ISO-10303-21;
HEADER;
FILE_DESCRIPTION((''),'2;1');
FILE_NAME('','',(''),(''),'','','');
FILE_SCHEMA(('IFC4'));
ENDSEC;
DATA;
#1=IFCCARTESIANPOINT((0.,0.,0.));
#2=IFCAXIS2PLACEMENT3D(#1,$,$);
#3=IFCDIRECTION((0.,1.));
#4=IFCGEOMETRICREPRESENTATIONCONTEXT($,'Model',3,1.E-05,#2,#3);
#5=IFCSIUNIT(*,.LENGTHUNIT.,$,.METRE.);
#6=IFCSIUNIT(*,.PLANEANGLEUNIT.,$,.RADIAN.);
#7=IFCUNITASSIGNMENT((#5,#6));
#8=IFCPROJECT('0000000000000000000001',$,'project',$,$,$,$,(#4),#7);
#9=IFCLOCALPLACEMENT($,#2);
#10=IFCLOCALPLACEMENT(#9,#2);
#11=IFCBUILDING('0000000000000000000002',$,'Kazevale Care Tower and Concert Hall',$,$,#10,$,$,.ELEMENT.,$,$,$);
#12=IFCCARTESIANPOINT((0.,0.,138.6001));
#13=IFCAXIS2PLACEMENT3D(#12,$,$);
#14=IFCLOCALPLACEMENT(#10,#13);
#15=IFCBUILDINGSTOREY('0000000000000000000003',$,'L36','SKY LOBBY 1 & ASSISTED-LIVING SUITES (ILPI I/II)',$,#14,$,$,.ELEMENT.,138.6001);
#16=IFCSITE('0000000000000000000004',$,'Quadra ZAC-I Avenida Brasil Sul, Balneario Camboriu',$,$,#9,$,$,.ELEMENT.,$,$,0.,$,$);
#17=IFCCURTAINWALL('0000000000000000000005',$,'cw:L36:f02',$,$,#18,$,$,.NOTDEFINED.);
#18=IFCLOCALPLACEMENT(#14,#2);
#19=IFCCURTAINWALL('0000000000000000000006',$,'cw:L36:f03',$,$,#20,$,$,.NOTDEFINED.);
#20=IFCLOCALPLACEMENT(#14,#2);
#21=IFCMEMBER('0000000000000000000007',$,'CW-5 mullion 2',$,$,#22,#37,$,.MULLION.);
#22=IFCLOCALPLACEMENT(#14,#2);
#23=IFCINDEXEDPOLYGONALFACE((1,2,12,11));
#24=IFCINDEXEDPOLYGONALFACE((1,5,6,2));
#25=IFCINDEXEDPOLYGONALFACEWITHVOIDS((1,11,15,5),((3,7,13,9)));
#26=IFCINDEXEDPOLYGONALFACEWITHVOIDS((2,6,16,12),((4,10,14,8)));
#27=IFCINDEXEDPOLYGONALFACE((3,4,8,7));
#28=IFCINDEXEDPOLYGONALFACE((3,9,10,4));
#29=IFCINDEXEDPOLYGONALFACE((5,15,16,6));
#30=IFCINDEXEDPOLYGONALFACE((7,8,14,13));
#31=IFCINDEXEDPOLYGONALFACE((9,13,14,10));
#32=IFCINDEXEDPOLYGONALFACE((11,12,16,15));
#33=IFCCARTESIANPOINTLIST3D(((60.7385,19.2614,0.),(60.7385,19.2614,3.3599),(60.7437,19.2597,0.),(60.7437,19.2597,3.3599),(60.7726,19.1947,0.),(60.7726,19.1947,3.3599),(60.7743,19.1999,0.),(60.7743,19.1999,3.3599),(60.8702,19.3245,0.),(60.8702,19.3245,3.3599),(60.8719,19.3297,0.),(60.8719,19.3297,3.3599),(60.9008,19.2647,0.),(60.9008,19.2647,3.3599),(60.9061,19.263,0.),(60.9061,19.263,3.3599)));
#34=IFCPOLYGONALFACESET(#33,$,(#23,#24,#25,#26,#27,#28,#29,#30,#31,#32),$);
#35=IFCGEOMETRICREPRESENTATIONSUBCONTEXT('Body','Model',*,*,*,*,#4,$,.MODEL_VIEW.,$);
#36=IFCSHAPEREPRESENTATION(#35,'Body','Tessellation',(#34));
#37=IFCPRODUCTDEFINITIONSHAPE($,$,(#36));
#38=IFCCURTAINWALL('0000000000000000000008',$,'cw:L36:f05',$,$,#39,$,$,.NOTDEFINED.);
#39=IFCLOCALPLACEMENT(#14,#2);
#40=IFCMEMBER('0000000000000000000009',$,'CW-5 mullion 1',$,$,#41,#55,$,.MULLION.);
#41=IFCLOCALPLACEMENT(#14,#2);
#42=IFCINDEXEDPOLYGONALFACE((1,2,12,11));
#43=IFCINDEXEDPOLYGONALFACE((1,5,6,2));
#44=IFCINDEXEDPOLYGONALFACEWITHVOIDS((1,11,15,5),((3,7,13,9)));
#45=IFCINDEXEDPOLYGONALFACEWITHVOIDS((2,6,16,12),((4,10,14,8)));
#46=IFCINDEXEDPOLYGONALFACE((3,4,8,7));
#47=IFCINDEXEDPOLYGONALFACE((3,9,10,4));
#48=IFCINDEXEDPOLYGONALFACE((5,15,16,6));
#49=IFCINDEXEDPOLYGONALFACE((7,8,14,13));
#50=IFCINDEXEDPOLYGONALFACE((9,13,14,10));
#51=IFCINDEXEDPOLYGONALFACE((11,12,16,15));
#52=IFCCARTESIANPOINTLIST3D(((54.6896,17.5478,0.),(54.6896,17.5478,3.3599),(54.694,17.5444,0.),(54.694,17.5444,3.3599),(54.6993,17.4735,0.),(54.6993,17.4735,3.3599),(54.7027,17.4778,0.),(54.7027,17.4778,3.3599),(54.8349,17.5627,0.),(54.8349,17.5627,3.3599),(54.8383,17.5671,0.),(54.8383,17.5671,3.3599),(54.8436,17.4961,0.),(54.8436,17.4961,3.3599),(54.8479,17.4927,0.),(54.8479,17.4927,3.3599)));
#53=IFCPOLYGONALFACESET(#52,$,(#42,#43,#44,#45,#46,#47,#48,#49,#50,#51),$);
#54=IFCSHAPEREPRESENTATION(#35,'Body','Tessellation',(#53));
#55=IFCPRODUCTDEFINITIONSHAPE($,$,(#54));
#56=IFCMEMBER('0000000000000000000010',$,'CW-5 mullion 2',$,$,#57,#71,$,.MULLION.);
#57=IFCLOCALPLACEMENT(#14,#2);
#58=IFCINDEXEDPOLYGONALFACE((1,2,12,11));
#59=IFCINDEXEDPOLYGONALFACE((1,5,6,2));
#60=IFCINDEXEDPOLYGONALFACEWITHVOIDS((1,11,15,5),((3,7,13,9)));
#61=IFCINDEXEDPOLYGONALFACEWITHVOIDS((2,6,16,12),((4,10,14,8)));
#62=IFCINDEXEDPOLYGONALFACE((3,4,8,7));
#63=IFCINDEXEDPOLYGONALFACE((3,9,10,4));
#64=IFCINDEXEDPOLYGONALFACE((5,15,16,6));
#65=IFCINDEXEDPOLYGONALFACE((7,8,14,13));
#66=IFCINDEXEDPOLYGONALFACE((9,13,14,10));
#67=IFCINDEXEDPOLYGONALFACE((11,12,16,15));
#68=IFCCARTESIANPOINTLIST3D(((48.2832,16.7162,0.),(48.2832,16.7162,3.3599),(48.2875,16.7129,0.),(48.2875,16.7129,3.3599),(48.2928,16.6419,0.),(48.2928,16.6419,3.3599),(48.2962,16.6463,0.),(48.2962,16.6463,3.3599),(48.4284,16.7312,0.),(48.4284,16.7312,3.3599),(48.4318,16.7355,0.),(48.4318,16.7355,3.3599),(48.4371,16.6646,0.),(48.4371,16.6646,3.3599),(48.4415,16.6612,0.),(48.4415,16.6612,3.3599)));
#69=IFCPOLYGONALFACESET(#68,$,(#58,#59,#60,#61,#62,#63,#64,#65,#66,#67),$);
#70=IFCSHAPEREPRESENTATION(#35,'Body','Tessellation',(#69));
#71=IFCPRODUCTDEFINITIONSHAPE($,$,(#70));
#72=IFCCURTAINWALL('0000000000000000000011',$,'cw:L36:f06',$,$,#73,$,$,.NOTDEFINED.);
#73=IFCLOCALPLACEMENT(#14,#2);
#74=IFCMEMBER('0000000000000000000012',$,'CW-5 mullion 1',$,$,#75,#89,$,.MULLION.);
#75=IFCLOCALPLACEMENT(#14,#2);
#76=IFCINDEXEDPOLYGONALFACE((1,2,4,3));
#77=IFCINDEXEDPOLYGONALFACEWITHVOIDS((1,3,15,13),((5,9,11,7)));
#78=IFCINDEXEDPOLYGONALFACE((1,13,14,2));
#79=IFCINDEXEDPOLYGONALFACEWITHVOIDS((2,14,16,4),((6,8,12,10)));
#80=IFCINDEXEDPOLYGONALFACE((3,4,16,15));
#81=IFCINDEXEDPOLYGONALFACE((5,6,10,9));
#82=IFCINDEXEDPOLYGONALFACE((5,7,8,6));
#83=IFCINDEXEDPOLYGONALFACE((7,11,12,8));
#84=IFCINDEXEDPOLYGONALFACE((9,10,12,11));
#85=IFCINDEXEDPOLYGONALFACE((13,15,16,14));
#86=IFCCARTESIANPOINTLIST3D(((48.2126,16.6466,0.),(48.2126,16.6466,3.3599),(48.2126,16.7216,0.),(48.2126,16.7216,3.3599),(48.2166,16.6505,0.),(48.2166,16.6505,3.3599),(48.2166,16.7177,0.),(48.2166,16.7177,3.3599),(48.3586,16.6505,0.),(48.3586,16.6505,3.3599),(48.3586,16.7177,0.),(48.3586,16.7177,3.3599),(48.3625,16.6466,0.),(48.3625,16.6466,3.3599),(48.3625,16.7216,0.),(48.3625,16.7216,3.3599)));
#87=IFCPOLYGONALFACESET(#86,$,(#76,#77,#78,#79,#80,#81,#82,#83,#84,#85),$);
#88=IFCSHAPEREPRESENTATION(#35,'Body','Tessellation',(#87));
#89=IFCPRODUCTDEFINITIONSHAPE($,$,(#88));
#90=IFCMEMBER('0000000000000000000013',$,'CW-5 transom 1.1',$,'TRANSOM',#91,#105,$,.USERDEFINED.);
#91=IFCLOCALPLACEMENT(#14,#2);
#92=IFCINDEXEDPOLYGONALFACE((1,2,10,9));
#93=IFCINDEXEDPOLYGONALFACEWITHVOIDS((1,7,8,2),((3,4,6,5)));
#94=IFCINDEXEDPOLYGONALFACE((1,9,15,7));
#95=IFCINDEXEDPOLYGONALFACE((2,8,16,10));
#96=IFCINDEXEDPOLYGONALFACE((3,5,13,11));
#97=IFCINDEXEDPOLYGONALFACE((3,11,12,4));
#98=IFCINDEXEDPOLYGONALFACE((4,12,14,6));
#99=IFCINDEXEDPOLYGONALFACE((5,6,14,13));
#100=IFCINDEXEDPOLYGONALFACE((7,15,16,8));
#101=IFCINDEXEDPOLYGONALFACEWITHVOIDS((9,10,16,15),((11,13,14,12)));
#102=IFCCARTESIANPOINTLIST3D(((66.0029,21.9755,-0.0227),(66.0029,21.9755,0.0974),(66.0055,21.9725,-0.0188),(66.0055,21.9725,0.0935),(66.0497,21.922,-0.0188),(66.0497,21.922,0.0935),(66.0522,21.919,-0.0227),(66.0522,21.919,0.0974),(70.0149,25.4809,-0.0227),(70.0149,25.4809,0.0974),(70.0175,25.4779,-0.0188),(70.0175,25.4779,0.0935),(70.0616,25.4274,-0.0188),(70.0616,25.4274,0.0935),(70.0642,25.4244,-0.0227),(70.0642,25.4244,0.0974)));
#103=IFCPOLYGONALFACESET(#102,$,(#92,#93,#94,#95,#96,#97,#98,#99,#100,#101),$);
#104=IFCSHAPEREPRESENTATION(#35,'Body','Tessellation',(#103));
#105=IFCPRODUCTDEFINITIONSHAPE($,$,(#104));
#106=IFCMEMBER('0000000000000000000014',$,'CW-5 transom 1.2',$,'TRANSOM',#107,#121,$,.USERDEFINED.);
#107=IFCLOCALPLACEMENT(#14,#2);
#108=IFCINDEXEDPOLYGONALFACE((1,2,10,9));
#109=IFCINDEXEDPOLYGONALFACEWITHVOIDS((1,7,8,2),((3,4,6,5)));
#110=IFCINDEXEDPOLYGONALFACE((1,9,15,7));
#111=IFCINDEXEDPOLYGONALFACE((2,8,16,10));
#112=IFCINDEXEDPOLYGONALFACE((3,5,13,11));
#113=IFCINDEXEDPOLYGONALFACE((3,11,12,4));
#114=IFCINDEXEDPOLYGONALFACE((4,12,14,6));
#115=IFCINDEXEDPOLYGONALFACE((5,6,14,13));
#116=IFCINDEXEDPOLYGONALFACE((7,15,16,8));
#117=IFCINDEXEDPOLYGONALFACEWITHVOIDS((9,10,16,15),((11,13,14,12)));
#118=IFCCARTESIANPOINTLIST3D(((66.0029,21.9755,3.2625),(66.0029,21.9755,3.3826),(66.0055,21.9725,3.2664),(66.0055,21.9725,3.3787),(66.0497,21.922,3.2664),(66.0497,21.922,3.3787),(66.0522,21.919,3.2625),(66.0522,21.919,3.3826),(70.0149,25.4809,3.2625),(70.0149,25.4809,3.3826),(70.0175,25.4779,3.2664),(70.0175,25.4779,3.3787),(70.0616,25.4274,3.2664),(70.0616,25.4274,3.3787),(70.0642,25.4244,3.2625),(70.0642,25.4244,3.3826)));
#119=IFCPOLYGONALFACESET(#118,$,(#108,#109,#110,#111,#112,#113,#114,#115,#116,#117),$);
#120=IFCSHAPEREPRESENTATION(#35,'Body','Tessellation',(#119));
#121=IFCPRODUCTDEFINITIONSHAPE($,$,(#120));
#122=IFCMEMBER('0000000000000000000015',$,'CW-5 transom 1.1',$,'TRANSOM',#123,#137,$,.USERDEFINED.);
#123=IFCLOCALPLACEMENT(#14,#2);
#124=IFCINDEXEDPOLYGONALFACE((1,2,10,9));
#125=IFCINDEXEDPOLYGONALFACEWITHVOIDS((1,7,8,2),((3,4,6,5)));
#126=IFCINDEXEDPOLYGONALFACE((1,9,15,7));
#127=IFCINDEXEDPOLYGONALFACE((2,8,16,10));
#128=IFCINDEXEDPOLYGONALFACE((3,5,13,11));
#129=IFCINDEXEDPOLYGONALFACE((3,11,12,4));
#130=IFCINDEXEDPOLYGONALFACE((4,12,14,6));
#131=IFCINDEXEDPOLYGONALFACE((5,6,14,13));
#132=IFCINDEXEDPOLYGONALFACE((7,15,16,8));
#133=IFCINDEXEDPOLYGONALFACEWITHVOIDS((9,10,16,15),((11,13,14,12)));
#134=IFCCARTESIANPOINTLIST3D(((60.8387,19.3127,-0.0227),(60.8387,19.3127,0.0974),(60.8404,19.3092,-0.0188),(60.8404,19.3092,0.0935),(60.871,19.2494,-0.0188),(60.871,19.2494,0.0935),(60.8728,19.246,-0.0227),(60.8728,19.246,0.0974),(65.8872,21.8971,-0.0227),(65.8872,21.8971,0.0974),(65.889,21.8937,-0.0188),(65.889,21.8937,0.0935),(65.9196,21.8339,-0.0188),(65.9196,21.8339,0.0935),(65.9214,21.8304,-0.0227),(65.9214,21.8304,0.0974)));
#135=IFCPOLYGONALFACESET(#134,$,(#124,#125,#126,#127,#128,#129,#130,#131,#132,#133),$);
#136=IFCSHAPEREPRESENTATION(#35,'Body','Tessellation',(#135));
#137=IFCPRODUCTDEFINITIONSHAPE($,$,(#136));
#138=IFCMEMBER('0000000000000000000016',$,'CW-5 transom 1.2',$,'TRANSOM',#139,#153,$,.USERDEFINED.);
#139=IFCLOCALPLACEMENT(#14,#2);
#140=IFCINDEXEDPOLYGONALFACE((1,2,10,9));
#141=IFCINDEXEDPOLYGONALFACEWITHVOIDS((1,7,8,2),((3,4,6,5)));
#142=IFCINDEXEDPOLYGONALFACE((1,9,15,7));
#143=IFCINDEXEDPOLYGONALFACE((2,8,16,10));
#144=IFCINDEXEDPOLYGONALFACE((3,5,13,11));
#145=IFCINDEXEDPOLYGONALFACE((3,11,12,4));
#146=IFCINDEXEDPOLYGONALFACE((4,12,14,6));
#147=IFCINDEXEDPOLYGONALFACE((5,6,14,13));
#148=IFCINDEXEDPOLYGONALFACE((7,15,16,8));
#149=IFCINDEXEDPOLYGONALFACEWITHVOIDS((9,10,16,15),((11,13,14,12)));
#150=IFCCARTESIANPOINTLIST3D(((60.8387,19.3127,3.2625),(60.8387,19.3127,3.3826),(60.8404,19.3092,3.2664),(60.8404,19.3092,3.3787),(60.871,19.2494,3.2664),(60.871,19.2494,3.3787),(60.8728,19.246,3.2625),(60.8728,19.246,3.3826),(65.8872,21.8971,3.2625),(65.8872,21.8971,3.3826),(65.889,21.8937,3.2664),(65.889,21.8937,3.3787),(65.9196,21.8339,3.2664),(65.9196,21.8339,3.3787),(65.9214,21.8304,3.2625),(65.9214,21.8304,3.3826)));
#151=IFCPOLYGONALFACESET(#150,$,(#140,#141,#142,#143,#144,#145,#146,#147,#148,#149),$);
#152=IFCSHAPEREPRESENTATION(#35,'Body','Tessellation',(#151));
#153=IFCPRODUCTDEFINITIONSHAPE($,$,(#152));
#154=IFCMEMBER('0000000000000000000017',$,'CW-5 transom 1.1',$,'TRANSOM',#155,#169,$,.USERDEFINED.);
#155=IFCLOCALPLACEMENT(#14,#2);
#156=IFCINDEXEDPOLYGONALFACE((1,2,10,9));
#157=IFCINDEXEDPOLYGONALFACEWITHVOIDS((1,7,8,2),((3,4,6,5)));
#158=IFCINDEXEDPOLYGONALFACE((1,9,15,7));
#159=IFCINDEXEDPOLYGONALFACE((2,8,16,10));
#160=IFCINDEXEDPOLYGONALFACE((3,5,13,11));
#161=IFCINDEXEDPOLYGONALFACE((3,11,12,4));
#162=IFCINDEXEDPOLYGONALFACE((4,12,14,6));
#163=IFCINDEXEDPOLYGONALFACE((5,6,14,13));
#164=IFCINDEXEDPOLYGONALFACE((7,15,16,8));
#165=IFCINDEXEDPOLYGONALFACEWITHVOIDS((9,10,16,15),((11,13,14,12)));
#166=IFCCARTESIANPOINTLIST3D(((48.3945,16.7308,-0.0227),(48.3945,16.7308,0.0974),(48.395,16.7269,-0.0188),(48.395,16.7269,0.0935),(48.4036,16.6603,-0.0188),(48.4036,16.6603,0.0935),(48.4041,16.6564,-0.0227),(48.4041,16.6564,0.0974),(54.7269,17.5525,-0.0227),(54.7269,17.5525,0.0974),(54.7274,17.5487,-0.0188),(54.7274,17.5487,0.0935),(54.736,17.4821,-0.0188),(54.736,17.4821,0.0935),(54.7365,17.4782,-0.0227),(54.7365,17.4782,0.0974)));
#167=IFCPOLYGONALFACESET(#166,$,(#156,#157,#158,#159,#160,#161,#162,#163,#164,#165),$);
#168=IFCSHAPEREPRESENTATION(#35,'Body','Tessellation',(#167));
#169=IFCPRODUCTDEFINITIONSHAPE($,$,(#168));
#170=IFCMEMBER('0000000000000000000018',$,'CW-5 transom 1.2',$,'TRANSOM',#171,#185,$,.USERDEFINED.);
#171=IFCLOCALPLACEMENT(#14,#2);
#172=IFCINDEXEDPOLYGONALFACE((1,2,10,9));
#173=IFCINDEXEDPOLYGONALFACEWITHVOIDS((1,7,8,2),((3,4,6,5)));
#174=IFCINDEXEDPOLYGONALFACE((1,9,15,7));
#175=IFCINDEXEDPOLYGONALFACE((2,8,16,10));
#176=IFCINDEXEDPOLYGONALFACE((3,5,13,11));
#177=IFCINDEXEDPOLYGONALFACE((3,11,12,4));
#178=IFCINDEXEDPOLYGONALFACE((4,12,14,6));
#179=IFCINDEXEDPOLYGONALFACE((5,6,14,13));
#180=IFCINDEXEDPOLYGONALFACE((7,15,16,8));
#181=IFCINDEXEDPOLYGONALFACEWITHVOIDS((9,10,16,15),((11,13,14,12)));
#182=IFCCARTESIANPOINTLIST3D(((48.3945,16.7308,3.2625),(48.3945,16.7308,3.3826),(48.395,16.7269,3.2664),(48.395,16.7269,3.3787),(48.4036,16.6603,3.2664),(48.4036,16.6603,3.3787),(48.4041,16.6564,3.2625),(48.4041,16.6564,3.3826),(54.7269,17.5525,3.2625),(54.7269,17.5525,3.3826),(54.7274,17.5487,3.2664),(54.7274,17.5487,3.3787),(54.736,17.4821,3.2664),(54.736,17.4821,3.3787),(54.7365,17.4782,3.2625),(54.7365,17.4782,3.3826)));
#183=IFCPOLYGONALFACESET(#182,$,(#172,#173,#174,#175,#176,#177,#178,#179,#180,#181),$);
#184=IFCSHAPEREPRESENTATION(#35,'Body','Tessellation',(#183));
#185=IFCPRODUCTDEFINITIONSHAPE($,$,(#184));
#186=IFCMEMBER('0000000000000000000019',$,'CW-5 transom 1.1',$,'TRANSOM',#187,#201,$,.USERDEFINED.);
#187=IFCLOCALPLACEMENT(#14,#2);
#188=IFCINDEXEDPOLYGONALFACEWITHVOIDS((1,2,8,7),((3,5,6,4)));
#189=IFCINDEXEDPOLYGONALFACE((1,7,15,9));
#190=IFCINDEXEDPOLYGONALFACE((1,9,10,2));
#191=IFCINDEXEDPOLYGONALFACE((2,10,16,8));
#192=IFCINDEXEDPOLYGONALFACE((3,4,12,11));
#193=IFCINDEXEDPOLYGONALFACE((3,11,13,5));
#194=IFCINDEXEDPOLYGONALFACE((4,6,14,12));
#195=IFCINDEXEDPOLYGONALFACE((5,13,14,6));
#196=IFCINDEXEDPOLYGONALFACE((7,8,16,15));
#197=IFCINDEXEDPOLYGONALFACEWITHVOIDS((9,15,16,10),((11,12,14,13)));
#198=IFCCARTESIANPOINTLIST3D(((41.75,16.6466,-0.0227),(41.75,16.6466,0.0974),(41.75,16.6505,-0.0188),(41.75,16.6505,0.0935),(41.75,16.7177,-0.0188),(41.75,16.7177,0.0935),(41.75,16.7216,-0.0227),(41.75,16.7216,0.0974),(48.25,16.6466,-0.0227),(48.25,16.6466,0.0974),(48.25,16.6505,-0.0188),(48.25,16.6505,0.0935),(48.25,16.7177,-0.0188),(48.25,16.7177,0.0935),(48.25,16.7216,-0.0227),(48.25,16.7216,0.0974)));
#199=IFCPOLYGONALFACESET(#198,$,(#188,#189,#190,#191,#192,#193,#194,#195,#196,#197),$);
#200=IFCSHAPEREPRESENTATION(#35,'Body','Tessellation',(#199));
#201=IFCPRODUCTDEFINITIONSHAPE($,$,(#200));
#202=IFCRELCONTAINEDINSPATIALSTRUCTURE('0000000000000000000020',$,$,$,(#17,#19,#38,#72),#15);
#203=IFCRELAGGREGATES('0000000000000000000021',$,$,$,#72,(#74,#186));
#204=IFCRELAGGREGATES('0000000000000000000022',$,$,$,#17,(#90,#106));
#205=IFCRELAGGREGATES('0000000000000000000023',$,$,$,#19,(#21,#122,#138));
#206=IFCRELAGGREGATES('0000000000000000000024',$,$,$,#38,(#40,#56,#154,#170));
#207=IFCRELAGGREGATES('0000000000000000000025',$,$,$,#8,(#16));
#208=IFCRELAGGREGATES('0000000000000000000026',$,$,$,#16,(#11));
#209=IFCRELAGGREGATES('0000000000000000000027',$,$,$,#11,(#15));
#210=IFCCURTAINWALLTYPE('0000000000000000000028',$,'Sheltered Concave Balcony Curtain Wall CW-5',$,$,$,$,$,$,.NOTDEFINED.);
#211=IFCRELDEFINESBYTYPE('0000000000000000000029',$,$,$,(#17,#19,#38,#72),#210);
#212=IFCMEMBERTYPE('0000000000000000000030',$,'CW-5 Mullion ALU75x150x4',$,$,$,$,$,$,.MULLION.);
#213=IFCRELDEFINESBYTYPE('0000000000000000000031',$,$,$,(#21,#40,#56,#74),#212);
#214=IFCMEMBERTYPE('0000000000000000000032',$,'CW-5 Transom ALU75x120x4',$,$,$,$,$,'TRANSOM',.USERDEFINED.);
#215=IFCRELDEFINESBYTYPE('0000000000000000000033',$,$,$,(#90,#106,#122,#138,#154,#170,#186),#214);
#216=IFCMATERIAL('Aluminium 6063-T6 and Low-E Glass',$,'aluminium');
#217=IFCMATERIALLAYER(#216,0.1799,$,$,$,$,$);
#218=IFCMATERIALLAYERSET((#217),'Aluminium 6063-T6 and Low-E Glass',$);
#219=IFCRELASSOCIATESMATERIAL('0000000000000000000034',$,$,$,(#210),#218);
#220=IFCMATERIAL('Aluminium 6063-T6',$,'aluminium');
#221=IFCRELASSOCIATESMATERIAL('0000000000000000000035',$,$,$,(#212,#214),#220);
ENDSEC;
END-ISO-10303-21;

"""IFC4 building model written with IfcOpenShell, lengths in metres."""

from ifc_helpers import new_model, si_unit, direction, frame, origin, origin_2d, place, context, subcontext, project, spatial, hollow_rectangle, extrude, material, layer, layer_set, material_profile, profile_set, type_object, element, aggregate, save


model = new_model("IFC4")

# Units and contexts
model_context = context("Model", 3, precision=1e-05, world=origin(), true_north=direction((0.0, 1.0)))
body_context = subcontext(model_context, "Body", "Model", "MODEL_VIEW")
ifc_project = project(units=[si_unit("LENGTHUNIT", "METRE"), si_unit("PLANEANGLEUNIT", "RADIAN")], contexts=[model_context])

# Site, building, storey
site_placement = place(None, origin())
site = spatial("IfcSite", under=ifc_project, at=site_placement, Name="Quadra ZAC-I Avenida Brasil Sul, Balneario Camboriu", CompositionType="ELEMENT", RefElevation=0.0)
building_placement = place(site_placement, origin())
building = spatial("IfcBuilding", under=site, at=building_placement, Name="Kazevale Care Tower and Concert Hall", CompositionType="ELEMENT")
storey_placement = place(building_placement, frame((0.0, 0.0, 138.6001)))
storey = spatial("IfcBuildingStorey", under=building, at=storey_placement, Name="L36", Description="SKY LOBBY 1 & ASSISTED-LIVING SUITES (ILPI I/II)", CompositionType="ELEMENT", Elevation=138.6001)

# Curtain walls, members
ifc_material_1 = material(Name="Aluminium 6063-T6 and Low-E Glass", Category="aluminium")
ifc_layer_1 = layer(ifc_material_1, 0.1799)
ifc_layer_set_1 = layer_set([ifc_layer_1], Name="Aluminium 6063-T6 and Low-E Glass")
curtain_wall_type = type_object("IfcCurtainWallType", Name="Sheltered Concave Balcony Curtain Wall CW-5", PredefinedType="NOTDEFINED", material=ifc_layer_set_1)
curtain_wall_1_placement = place(storey_placement, origin())
curtain_wall_1 = element("IfcCurtainWall", 1, at=curtain_wall_1_placement, inside=storey, type_object=curtain_wall_type, Name="cw:L36:f02", PredefinedType="NOTDEFINED")
ifc_material_2 = material(Name="Aluminium 6063-T6", Category="aluminium")
ifc_material_profile_1 = material_profile(ifc_material_2, hollow_rectangle(XDim=0.075, YDim=0.1499, WallThickness=0.0039, at=origin_2d()), Name="ALU75x150x4")
ifc_profile_set_1 = profile_set([ifc_material_profile_1], Name="Aluminium 6063-T6")
member_type_1 = type_object("IfcMemberType", Name="CW-5 Mullion ALU75x150x4", PredefinedType="MULLION", material=ifc_profile_set_1)
curtain_wall_2_placement = place(storey_placement, origin())
curtain_wall_2 = element("IfcCurtainWall", 2, at=curtain_wall_2_placement, inside=storey, type_object=curtain_wall_type, Name="cw:L36:f03", PredefinedType="NOTDEFINED")
member_1_placement = place(storey_placement, frame((60.8223, 19.2622, 0.0), z_axis=(0.0, 0.0, 1.0), x_axis=(0.455713, -0.890127, 0.0)))
member_1 = element("IfcMember", 3, at=member_1_placement, type_object=member_type_1, Name="CW-5 mullion 2", PredefinedType="MULLION", context=body_context, shape_type="SweptSolid", body=[
    extrude(hollow_rectangle(XDim=0.075, YDim=0.1499, WallThickness=0.0039, at=origin_2d()), origin(), (0.0, 0.0, 1.0), 3.3599),
])
curtain_wall_3_placement = place(storey_placement, origin())
curtain_wall_3 = element("IfcCurtainWall", 4, at=curtain_wall_3_placement, inside=storey, type_object=curtain_wall_type, Name="cw:L36:f05", PredefinedType="NOTDEFINED")
member_2_placement = place(storey_placement, frame((54.7688, 17.5203, 0.0), z_axis=(0.0, 0.0, 1.0), x_axis=(0.128685, -0.991686, 0.0)))
member_2 = element("IfcMember", 5, at=member_2_placement, type_object=member_type_1, Name="CW-5 mullion 1", PredefinedType="MULLION", context=body_context, shape_type="SweptSolid", body=[
    extrude(hollow_rectangle(XDim=0.075, YDim=0.1499, WallThickness=0.0039, at=origin_2d()), origin(), (0.0, 0.0, 1.0), 3.3599),
])
member_3_placement = place(storey_placement, frame((48.3623, 16.6887, 0.0), z_axis=(0.0, 0.0, 1.0), x_axis=(0.128685, -0.991686, 0.0)))
member_3 = element("IfcMember", 6, at=member_3_placement, type_object=member_type_1, Name="CW-5 mullion 2", PredefinedType="MULLION", context=body_context, shape_type="SweptSolid", body=[
    extrude(hollow_rectangle(XDim=0.075, YDim=0.1499, WallThickness=0.0039, at=origin_2d()), origin(), (0.0, 0.0, 1.0), 3.3599),
])

# Curtain wall, member
curtain_wall_4_placement = place(storey_placement, origin())
curtain_wall_4 = element("IfcCurtainWall", 7, at=curtain_wall_4_placement, inside=storey, type_object=curtain_wall_type, Name="cw:L36:f06", PredefinedType="NOTDEFINED")
member_4_placement = place(storey_placement, frame((48.2876, 16.6841, 0.0), z_axis=(0.0, 0.0, 1.0), x_axis=(0.0, -1.0, 0.0)))
member_4 = element("IfcMember", 8, at=member_4_placement, type_object=member_type_1, Name="CW-5 mullion 1", PredefinedType="MULLION", context=body_context, shape_type="SweptSolid", body=[
    extrude(hollow_rectangle(XDim=0.075, YDim=0.1499, WallThickness=0.0039, at=origin_2d()), origin(), (0.0, 0.0, 1.0), 3.3599),
])

# Members
ifc_material_profile_2 = material_profile(ifc_material_2, hollow_rectangle(XDim=0.075, YDim=0.1201, WallThickness=0.0039, at=origin_2d()), Name="ALU75x120x4")
ifc_profile_set_2 = profile_set([ifc_material_profile_2], Name="Aluminium 6063-T6")
member_type_2 = type_object("IfcMemberType", Name="CW-5 Transom ALU75x120x4", ElementType="TRANSOM", PredefinedType="USERDEFINED", material=ifc_profile_set_2)
member_5_placement = place(storey_placement, frame((70.0396, 25.4526, 0.0374), z_axis=(-0.753051, -0.657963, 0.0), x_axis=(0.657963, -0.753051, 0.0)))
member_5 = element("IfcMember", 9, at=member_5_placement, type_object=member_type_2, Name="CW-5 transom 1.1", ObjectType="TRANSOM", PredefinedType="USERDEFINED", context=body_context, shape_type="SweptSolid", body=[
    extrude(hollow_rectangle(XDim=0.075, YDim=0.1201, WallThickness=0.0039, at=origin_2d()), origin(), (0.0, 0.0, 1.0), 5.3276),
])
member_6_placement = place(storey_placement, frame((70.0396, 25.4526, 3.3225), z_axis=(-0.753051, -0.657963, 0.0), x_axis=(0.657963, -0.753051, 0.0)))
member_6 = element("IfcMember", 10, at=member_6_placement, type_object=member_type_2, Name="CW-5 transom 1.2", ObjectType="TRANSOM", PredefinedType="USERDEFINED", context=body_context, shape_type="SweptSolid", body=[
    extrude(hollow_rectangle(XDim=0.075, YDim=0.1201, WallThickness=0.0039, at=origin_2d()), origin(), (0.0, 0.0, 1.0), 5.3276),
])
member_7_placement = place(storey_placement, frame((65.9043, 21.8638, 0.0374), z_axis=(-0.890143, -0.455682, 0.0), x_axis=(0.455682, -0.890143, 0.0)))
member_7 = element("IfcMember", 11, at=member_7_placement, type_object=member_type_2, Name="CW-5 transom 1.1", ObjectType="TRANSOM", PredefinedType="USERDEFINED", context=body_context, shape_type="SweptSolid", body=[
    extrude(hollow_rectangle(XDim=0.075, YDim=0.1201, WallThickness=0.0039, at=origin_2d()), origin(), (0.0, 0.0, 1.0), 5.6716),
])
member_8_placement = place(storey_placement, frame((65.9043, 21.8638, 3.3225), z_axis=(-0.890143, -0.455682, 0.0), x_axis=(0.455682, -0.890143, 0.0)))
member_8 = element("IfcMember", 12, at=member_8_placement, type_object=member_type_2, Name="CW-5 transom 1.2", ObjectType="TRANSOM", PredefinedType="USERDEFINED", context=body_context, shape_type="SweptSolid", body=[
    extrude(hollow_rectangle(XDim=0.075, YDim=0.1201, WallThickness=0.0039, at=origin_2d()), origin(), (0.0, 0.0, 1.0), 5.6716),
])
member_9_placement = place(storey_placement, frame((54.7317, 17.5154, 0.0374), z_axis=(-0.991684, -0.128697, 0.0), x_axis=(0.128697, -0.991684, 0.0)))
member_9 = element("IfcMember", 13, at=member_9_placement, type_object=member_type_2, Name="CW-5 transom 1.1", ObjectType="TRANSOM", PredefinedType="USERDEFINED", context=body_context, shape_type="SweptSolid", body=[
    extrude(hollow_rectangle(XDim=0.075, YDim=0.1201, WallThickness=0.0039, at=origin_2d()), origin(), (0.0, 0.0, 1.0), 6.3855),
])
member_10_placement = place(storey_placement, frame((54.7317, 17.5154, 3.3225), z_axis=(-0.991684, -0.128697, 0.0), x_axis=(0.128697, -0.991684, 0.0)))
member_10 = element("IfcMember", 14, at=member_10_placement, type_object=member_type_2, Name="CW-5 transom 1.2", ObjectType="TRANSOM", PredefinedType="USERDEFINED", context=body_context, shape_type="SweptSolid", body=[
    extrude(hollow_rectangle(XDim=0.075, YDim=0.1201, WallThickness=0.0039, at=origin_2d()), origin(), (0.0, 0.0, 1.0), 6.3855),
])
member_11_placement = place(storey_placement, frame((48.25, 16.6841, 0.0374), z_axis=(-1.0, 0.0, 0.0), x_axis=(0.0, -1.0, 0.0)))
member_11 = element("IfcMember", 15, at=member_11_placement, type_object=member_type_2, Name="CW-5 transom 1.1", ObjectType="TRANSOM", PredefinedType="USERDEFINED", context=body_context, shape_type="SweptSolid", body=[
    extrude(hollow_rectangle(XDim=0.075, YDim=0.1201, WallThickness=0.0039, at=origin_2d()), origin(), (0.0, 0.0, 1.0), 6.5),
])
aggregate(curtain_wall_4, [member_4, member_11])

aggregate(curtain_wall_1, [member_5, member_6])
aggregate(curtain_wall_2, [member_1, member_7, member_8])
aggregate(curtain_wall_3, [member_2, member_3, member_9, member_10])

save(model, "model.ifc")
